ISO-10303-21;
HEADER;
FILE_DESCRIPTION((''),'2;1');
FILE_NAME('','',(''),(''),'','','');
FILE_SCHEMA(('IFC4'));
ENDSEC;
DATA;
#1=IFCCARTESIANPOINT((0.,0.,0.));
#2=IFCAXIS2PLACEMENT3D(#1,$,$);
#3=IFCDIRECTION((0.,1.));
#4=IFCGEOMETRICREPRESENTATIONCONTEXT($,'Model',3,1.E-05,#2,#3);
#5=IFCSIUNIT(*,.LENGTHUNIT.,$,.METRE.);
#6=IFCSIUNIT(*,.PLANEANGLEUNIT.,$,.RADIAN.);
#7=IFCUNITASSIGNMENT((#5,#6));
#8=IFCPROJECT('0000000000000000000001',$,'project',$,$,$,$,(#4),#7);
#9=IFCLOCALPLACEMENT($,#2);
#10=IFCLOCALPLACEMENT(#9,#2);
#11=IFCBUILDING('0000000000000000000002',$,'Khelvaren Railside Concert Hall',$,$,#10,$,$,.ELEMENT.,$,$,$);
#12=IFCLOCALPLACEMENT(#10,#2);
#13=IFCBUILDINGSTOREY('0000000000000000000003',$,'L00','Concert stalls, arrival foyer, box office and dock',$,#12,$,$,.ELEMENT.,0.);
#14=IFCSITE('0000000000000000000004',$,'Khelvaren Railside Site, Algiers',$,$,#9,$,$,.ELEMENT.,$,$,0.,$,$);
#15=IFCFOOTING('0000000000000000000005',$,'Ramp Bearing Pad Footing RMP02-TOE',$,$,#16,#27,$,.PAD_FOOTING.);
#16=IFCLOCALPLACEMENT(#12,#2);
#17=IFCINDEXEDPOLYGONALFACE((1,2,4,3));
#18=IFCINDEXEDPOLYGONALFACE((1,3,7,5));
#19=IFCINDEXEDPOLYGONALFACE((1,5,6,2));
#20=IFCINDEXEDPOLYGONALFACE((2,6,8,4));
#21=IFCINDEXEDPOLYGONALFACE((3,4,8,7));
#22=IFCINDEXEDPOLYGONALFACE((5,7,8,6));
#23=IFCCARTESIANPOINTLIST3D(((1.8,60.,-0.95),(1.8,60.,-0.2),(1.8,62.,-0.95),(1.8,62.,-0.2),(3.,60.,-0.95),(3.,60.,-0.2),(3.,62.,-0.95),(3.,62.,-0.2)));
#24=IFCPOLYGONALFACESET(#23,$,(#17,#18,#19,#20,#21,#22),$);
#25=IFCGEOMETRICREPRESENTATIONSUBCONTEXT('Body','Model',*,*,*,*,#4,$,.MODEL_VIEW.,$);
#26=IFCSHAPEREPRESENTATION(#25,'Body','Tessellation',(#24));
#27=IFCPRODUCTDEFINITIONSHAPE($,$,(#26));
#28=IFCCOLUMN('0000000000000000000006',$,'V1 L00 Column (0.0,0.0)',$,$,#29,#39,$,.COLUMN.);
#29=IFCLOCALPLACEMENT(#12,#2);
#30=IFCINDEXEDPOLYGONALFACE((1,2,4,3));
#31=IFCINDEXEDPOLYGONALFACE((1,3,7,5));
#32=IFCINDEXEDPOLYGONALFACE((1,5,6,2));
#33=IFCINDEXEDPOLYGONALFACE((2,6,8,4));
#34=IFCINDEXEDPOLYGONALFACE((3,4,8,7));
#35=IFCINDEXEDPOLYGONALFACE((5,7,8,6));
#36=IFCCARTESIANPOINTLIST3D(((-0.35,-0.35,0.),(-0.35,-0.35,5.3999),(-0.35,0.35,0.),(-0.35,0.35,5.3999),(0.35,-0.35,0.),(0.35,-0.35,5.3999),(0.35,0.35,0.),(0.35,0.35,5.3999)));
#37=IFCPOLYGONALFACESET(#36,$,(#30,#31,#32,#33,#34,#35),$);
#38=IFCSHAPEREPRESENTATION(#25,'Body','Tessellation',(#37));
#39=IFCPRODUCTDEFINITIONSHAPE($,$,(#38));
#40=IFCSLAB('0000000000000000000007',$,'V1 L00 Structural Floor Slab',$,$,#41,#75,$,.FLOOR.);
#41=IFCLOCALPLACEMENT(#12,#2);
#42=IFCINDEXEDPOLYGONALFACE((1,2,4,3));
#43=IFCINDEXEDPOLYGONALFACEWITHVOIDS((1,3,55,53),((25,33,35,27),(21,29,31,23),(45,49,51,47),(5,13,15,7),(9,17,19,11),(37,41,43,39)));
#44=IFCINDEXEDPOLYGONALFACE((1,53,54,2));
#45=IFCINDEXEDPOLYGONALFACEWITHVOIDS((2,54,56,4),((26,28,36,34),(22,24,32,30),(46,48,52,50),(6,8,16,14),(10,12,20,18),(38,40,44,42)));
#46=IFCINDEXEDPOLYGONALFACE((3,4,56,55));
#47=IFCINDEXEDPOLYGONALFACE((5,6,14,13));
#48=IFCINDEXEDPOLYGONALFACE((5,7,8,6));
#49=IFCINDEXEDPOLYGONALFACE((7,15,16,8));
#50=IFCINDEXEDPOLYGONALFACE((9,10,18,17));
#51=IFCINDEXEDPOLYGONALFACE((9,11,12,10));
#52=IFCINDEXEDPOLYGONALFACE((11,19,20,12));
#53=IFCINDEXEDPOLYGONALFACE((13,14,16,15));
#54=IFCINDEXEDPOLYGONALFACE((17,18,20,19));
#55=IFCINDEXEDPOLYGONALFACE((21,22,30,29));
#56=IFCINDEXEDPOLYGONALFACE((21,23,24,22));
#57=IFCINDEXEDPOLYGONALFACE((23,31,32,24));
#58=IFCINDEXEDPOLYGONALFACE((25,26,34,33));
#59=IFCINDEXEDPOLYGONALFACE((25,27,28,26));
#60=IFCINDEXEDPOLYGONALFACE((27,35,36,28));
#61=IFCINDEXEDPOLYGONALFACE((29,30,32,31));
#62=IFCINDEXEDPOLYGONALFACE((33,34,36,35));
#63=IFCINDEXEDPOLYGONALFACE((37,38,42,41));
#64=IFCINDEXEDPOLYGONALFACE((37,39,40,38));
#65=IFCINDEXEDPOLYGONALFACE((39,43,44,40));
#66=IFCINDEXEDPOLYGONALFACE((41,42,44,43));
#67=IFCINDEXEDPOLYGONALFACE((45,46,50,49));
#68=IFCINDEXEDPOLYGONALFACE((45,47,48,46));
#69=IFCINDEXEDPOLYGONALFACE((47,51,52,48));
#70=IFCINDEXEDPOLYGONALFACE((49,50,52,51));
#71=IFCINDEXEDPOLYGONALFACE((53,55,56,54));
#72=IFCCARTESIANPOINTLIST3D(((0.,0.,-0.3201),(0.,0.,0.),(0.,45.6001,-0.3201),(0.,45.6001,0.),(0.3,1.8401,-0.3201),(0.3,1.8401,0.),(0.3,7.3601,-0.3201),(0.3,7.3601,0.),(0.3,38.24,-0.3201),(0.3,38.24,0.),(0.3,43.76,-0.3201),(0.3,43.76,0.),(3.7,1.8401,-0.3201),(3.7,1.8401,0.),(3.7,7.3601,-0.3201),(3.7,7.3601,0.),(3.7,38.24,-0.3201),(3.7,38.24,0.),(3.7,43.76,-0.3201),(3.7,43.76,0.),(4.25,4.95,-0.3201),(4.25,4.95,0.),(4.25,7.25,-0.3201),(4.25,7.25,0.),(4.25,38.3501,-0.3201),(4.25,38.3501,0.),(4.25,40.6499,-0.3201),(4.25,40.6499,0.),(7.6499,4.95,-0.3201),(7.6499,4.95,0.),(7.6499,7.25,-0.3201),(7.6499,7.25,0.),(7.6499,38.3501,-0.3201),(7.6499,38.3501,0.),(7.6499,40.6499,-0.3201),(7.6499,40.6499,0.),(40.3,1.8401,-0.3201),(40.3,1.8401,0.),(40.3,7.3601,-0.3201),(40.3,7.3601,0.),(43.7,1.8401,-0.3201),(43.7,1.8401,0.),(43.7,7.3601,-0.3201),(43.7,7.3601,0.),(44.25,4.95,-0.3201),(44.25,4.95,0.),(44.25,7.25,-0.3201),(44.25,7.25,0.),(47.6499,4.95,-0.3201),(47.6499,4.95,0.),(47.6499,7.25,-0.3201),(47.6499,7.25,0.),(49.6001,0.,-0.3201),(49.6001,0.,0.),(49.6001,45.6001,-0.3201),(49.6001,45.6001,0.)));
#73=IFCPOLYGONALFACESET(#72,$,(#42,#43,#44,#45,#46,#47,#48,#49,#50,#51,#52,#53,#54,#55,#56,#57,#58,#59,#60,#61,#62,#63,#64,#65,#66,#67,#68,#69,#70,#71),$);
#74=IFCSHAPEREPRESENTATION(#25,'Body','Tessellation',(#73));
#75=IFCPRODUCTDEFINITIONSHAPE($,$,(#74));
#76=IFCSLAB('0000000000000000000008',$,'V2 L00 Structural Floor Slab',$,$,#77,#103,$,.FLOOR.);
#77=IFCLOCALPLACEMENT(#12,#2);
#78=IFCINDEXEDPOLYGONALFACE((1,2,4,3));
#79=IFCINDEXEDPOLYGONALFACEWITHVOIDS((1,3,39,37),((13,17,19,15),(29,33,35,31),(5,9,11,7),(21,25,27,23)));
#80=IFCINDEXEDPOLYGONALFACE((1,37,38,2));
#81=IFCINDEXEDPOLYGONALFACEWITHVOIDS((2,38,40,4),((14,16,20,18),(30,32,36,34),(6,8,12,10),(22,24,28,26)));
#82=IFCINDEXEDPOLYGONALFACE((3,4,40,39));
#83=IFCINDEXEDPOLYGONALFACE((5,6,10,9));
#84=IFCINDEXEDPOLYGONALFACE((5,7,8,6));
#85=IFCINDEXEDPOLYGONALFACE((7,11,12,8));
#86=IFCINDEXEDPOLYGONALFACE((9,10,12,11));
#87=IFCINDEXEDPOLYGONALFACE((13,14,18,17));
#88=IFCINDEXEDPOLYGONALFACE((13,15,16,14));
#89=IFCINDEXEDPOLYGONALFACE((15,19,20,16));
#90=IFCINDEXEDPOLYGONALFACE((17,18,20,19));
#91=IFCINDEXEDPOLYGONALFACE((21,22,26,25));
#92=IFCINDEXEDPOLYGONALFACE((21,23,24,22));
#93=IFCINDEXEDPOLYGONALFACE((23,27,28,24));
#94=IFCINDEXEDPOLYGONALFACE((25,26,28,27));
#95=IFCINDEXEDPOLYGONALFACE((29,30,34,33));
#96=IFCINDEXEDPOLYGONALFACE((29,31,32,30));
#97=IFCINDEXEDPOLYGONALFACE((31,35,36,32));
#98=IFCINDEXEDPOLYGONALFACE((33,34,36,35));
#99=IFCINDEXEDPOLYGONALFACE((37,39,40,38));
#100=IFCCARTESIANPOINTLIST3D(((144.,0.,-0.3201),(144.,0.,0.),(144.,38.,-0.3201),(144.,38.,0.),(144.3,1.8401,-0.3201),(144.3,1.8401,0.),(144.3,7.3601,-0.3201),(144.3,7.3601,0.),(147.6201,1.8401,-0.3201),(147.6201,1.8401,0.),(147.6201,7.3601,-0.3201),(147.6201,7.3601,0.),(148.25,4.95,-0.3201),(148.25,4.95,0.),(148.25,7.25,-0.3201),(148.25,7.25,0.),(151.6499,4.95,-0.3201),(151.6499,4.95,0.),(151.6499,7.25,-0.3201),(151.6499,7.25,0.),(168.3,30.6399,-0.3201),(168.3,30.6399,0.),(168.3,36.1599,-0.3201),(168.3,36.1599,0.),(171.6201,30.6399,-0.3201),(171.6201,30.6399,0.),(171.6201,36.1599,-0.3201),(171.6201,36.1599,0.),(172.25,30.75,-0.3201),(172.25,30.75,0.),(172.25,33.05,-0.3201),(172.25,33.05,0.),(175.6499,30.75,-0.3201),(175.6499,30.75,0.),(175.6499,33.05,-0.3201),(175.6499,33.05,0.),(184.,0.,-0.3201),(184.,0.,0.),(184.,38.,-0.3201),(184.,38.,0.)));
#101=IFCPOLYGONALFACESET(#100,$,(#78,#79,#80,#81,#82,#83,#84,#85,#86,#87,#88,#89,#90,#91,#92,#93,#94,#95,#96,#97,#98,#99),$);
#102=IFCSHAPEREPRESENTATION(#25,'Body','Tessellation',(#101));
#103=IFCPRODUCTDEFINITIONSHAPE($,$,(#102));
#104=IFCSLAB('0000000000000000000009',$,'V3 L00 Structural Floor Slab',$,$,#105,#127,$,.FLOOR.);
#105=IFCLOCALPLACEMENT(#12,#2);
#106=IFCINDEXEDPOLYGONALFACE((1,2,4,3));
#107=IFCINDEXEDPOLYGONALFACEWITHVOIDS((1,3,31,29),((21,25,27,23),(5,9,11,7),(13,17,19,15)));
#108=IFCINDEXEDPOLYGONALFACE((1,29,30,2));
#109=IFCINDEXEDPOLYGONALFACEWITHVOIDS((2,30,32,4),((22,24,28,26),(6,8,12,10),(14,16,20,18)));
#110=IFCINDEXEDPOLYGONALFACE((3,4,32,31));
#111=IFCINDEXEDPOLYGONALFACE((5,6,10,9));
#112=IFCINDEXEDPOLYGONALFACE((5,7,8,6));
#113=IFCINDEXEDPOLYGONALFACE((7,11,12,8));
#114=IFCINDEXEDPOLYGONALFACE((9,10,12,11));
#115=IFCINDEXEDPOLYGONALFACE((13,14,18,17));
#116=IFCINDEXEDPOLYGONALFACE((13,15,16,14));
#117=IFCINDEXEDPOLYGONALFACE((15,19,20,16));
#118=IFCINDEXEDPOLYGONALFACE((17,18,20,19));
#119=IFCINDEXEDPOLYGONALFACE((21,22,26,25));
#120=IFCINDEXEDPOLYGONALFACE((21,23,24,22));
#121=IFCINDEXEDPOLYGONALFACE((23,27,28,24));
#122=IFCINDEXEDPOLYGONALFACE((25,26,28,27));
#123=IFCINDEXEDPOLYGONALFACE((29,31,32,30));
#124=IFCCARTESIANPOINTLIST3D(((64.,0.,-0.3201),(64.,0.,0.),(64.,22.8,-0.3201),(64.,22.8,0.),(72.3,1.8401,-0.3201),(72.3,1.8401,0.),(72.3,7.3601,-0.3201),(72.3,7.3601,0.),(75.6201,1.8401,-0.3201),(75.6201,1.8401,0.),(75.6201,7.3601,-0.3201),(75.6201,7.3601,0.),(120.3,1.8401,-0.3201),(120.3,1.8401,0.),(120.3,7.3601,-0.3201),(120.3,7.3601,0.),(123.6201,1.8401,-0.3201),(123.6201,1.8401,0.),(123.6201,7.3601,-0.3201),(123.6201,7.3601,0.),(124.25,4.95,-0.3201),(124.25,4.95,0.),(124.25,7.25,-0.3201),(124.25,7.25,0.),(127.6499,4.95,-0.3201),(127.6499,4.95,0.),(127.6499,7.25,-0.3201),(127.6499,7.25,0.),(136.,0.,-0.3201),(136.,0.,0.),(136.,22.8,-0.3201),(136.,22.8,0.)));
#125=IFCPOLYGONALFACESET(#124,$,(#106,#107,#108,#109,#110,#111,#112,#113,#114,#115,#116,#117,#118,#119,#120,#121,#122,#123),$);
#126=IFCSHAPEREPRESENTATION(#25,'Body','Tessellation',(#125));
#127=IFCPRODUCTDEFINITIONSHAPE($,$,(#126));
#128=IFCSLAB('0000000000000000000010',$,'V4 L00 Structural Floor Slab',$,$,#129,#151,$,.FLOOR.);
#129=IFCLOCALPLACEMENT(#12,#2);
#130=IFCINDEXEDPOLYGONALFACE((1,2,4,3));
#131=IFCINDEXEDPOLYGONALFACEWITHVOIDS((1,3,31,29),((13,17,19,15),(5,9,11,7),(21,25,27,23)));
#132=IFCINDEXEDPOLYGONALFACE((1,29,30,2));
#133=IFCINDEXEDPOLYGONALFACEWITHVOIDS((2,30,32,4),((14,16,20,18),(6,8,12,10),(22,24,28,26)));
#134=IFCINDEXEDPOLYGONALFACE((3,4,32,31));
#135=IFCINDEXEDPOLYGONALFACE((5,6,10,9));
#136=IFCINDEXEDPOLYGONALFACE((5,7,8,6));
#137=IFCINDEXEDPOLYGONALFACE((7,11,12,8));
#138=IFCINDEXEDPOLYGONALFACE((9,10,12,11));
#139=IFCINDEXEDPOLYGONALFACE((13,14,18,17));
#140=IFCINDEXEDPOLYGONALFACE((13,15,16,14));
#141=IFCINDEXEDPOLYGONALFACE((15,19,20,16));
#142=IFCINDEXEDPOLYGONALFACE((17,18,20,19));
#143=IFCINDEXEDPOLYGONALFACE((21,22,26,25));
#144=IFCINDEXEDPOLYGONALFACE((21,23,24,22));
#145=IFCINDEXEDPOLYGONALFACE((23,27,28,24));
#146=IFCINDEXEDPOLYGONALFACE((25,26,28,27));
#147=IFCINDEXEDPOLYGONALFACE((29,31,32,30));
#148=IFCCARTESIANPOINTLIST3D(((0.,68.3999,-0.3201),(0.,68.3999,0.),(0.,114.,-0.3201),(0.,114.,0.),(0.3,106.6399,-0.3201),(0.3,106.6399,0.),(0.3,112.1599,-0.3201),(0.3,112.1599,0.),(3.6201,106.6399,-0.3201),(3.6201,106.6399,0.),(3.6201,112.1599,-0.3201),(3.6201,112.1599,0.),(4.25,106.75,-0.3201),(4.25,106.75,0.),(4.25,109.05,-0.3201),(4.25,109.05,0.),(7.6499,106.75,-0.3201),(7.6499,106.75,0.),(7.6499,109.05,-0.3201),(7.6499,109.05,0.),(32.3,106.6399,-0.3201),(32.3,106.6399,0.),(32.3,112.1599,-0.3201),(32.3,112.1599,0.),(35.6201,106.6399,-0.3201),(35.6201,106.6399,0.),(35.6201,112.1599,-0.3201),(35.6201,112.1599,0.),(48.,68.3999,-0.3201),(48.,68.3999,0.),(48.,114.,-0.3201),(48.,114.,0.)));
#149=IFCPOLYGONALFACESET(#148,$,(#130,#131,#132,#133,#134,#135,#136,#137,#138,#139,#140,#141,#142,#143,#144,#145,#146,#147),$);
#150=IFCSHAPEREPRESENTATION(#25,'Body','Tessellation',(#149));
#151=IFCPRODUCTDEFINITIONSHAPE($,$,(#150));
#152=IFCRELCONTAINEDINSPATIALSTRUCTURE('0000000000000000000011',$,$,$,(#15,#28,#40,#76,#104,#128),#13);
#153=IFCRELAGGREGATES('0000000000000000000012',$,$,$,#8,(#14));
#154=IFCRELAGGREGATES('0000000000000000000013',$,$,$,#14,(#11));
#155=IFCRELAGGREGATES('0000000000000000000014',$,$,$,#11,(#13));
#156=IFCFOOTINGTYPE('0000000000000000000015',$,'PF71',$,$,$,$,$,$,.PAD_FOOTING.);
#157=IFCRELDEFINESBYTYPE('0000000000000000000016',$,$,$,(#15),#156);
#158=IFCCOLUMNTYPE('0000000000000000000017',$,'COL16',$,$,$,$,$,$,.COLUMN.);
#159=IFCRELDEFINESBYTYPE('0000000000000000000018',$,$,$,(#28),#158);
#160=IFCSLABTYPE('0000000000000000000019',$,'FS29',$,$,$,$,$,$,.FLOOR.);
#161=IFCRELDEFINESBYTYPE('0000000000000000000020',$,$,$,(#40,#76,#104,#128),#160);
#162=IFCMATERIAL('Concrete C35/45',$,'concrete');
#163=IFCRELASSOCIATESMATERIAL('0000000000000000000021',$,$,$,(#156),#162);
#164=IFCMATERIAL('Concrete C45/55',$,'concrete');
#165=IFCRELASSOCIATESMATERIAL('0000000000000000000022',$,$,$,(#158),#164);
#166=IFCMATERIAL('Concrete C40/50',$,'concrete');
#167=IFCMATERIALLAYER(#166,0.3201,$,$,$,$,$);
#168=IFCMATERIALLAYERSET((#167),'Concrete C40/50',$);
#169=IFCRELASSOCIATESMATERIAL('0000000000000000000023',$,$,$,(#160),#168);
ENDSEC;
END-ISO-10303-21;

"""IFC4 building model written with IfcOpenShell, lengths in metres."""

from ifc_helpers import new_model, si_unit, direction, frame, origin, origin_with_axes, origin_2d, place, context, subcontext, project, spatial, polyline, rectangle, outline, extrude, material, layer, layer_set, material_profile, profile_set, type_object, element, save


model = new_model("IFC4")

# Units and contexts
model_context = context("Model", 3, precision=1e-05, world=origin(), true_north=direction((0.0, 1.0)))
body_context = subcontext(model_context, "Body", "Model", "MODEL_VIEW")
ifc_project = project(units=[si_unit("LENGTHUNIT", "METRE"), si_unit("PLANEANGLEUNIT", "RADIAN")], contexts=[model_context])

# Site, building, storey
site_placement = place(None, origin())
site = spatial("IfcSite", under=ifc_project, at=site_placement, Name="Khelvaren Railside Site, Algiers", CompositionType="ELEMENT", RefElevation=0.0)
building_placement = place(site_placement, origin())
building = spatial("IfcBuilding", under=site, at=building_placement, Name="Khelvaren Railside Concert Hall", CompositionType="ELEMENT")
storey_placement = place(building_placement, origin())
storey = spatial("IfcBuildingStorey", under=building, at=storey_placement, Name="L00", Description="Concert stalls, arrival foyer, box office and dock", CompositionType="ELEMENT", Elevation=0.0)

# Footing
ifc_material_1 = material(Name="Concrete C35/45", Category="concrete")
footing_type_1 = type_object("IfcFootingType", Name="PF71", PredefinedType="PAD_FOOTING", material=ifc_material_1)
footing_1_placement = place(storey_placement, frame((0.0, 0.0, -0.95)))
element("IfcFooting", 1, at=footing_1_placement, inside=storey, type_object=footing_type_1, Name="Ramp Bearing Pad Footing RMP02-TOE", PredefinedType="PAD_FOOTING", context=body_context, shape_type="SweptSolid", body=[
    extrude(outline(polyline([(1.8, 60.0), (3.0, 60.0), (3.0, 62.0), (1.8, 62.0), (1.8, 60.0)])), origin(), (0.0, 0.0, 1.0), 0.75),
])

# Column
ifc_material_2 = material(Name="Concrete C45/55", Category="concrete")
ifc_material_profile = material_profile(ifc_material_2, rectangle(XDim=0.7, YDim=0.7, at=origin_2d()), Name="RC 700x700")
ifc_profile_set = profile_set([ifc_material_profile], Name="Concrete C45/55")
column_type = type_object("IfcColumnType", Name="COL16", PredefinedType="COLUMN", material=ifc_profile_set)
column_placement = place(storey_placement, origin_with_axes())
element("IfcColumn", 2, at=column_placement, inside=storey, type_object=column_type, Name="V1 L00 Column (0.0,0.0)", PredefinedType="COLUMN", context=body_context, shape_type="SweptSolid", body=[
    extrude(rectangle(XDim=0.7, YDim=0.7, at=origin_2d()), origin(), (0.0, 0.0, 1.0), 5.3999),
])

# Slabs
ifc_material_3 = material(Name="Concrete C40/50", Category="concrete")
ifc_layer_1 = layer(ifc_material_3, 0.3201)
ifc_layer_set_1 = layer_set([ifc_layer_1], Name="Concrete C40/50")
slab_type_1 = type_object("IfcSlabType", Name="FS29", PredefinedType="FLOOR", material=ifc_layer_set_1)
slab_1_placement = place(storey_placement, frame((0.0, 0.0, -0.3201)))
element("IfcSlab", 3, at=slab_1_placement, inside=storey, type_object=slab_type_1, Name="V1 L00 Structural Floor Slab", PredefinedType="FLOOR", context=body_context, shape_type="SweptSolid", body=[
    extrude(outline(polyline([(0.0, 0.0), (49.6001, 0.0), (49.6001, 45.6001), (0.0, 45.6001), (0.0, 0.0)]), holes=[polyline([(3.7, 1.8401), (3.7, 7.3601), (0.3, 7.3601), (0.3, 1.8401), (3.7, 1.8401)]), polyline([(4.25, 4.95), (7.6499, 4.95), (7.6499, 7.25), (4.25, 7.25), (4.25, 4.95)]), polyline([(43.7, 1.8401), (43.7, 7.3601), (40.3, 7.3601), (40.3, 1.8401), (43.7, 1.8401)]), polyline([(44.25, 4.95), (47.6499, 4.95), (47.6499, 7.25), (44.25, 7.25), (44.25, 4.95)]), polyline([(0.3, 43.76), (0.3, 38.24), (3.7, 38.24), (3.7, 43.76), (0.3, 43.76)]), polyline([(4.25, 38.3501), (7.6499, 38.3501), (7.6499, 40.6499), (4.25, 40.6499), (4.25, 38.3501)])]), origin(), (0.0, 0.0, 1.0), 0.3201),
])
slab_2_placement = place(storey_placement, frame((0.0, 0.0, -0.3201)))
element("IfcSlab", 4, at=slab_2_placement, inside=storey, type_object=slab_type_1, Name="V2 L00 Structural Floor Slab", PredefinedType="FLOOR", context=body_context, shape_type="SweptSolid", body=[
    extrude(outline(polyline([(144.0, 0.0), (184.0, 0.0), (184.0, 38.0), (144.0, 38.0), (144.0, 0.0)]), holes=[polyline([(147.6201, 1.8401), (147.6201, 7.3601), (144.3, 7.3601), (144.3, 1.8401), (147.6201, 1.8401)]), polyline([(148.25, 4.95), (151.6499, 4.95), (151.6499, 7.25), (148.25, 7.25), (148.25, 4.95)]), polyline([(168.3, 36.1599), (168.3, 30.6399), (171.6201, 30.6399), (171.6201, 36.1599), (168.3, 36.1599)]), polyline([(172.25, 30.75), (175.6499, 30.75), (175.6499, 33.05), (172.25, 33.05), (172.25, 30.75)])]), origin(), (0.0, 0.0, 1.0), 0.3201),
])
slab_3_placement = place(storey_placement, frame((0.0, 0.0, -0.3201)))
element("IfcSlab", 5, at=slab_3_placement, inside=storey, type_object=slab_type_1, Name="V3 L00 Structural Floor Slab", PredefinedType="FLOOR", context=body_context, shape_type="SweptSolid", body=[
    extrude(outline(polyline([(64.0, 0.0), (136.0, 0.0), (136.0, 22.8), (64.0, 22.8), (64.0, 0.0)]), holes=[polyline([(75.6201, 1.8401), (75.6201, 7.3601), (72.3, 7.3601), (72.3, 1.8401), (75.6201, 1.8401)]), polyline([(123.6201, 1.8401), (123.6201, 7.3601), (120.3, 7.3601), (120.3, 1.8401), (123.6201, 1.8401)]), polyline([(124.25, 4.95), (127.6499, 4.95), (127.6499, 7.25), (124.25, 7.25), (124.25, 4.95)])]), origin(), (0.0, 0.0, 1.0), 0.3201),
])
slab_4_placement = place(storey_placement, frame((0.0, 0.0, -0.3201)))
element("IfcSlab", 6, at=slab_4_placement, inside=storey, type_object=slab_type_1, Name="V4 L00 Structural Floor Slab", PredefinedType="FLOOR", context=body_context, shape_type="SweptSolid", body=[
    extrude(outline(polyline([(0.0, 68.3999), (48.0, 68.3999), (48.0, 114.0), (0.0, 114.0), (0.0, 68.3999)]), holes=[polyline([(0.3, 112.1599), (0.3, 106.6399), (3.6201, 106.6399), (3.6201, 112.1599), (0.3, 112.1599)]), polyline([(4.25, 106.75), (7.6499, 106.75), (7.6499, 109.05), (4.25, 109.05), (4.25, 106.75)]), polyline([(32.3, 112.1599), (32.3, 106.6399), (35.6201, 106.6399), (35.6201, 112.1599), (32.3, 112.1599)])]), origin(), (0.0, 0.0, 1.0), 0.3201),
])

save(model, "model.ifc")
